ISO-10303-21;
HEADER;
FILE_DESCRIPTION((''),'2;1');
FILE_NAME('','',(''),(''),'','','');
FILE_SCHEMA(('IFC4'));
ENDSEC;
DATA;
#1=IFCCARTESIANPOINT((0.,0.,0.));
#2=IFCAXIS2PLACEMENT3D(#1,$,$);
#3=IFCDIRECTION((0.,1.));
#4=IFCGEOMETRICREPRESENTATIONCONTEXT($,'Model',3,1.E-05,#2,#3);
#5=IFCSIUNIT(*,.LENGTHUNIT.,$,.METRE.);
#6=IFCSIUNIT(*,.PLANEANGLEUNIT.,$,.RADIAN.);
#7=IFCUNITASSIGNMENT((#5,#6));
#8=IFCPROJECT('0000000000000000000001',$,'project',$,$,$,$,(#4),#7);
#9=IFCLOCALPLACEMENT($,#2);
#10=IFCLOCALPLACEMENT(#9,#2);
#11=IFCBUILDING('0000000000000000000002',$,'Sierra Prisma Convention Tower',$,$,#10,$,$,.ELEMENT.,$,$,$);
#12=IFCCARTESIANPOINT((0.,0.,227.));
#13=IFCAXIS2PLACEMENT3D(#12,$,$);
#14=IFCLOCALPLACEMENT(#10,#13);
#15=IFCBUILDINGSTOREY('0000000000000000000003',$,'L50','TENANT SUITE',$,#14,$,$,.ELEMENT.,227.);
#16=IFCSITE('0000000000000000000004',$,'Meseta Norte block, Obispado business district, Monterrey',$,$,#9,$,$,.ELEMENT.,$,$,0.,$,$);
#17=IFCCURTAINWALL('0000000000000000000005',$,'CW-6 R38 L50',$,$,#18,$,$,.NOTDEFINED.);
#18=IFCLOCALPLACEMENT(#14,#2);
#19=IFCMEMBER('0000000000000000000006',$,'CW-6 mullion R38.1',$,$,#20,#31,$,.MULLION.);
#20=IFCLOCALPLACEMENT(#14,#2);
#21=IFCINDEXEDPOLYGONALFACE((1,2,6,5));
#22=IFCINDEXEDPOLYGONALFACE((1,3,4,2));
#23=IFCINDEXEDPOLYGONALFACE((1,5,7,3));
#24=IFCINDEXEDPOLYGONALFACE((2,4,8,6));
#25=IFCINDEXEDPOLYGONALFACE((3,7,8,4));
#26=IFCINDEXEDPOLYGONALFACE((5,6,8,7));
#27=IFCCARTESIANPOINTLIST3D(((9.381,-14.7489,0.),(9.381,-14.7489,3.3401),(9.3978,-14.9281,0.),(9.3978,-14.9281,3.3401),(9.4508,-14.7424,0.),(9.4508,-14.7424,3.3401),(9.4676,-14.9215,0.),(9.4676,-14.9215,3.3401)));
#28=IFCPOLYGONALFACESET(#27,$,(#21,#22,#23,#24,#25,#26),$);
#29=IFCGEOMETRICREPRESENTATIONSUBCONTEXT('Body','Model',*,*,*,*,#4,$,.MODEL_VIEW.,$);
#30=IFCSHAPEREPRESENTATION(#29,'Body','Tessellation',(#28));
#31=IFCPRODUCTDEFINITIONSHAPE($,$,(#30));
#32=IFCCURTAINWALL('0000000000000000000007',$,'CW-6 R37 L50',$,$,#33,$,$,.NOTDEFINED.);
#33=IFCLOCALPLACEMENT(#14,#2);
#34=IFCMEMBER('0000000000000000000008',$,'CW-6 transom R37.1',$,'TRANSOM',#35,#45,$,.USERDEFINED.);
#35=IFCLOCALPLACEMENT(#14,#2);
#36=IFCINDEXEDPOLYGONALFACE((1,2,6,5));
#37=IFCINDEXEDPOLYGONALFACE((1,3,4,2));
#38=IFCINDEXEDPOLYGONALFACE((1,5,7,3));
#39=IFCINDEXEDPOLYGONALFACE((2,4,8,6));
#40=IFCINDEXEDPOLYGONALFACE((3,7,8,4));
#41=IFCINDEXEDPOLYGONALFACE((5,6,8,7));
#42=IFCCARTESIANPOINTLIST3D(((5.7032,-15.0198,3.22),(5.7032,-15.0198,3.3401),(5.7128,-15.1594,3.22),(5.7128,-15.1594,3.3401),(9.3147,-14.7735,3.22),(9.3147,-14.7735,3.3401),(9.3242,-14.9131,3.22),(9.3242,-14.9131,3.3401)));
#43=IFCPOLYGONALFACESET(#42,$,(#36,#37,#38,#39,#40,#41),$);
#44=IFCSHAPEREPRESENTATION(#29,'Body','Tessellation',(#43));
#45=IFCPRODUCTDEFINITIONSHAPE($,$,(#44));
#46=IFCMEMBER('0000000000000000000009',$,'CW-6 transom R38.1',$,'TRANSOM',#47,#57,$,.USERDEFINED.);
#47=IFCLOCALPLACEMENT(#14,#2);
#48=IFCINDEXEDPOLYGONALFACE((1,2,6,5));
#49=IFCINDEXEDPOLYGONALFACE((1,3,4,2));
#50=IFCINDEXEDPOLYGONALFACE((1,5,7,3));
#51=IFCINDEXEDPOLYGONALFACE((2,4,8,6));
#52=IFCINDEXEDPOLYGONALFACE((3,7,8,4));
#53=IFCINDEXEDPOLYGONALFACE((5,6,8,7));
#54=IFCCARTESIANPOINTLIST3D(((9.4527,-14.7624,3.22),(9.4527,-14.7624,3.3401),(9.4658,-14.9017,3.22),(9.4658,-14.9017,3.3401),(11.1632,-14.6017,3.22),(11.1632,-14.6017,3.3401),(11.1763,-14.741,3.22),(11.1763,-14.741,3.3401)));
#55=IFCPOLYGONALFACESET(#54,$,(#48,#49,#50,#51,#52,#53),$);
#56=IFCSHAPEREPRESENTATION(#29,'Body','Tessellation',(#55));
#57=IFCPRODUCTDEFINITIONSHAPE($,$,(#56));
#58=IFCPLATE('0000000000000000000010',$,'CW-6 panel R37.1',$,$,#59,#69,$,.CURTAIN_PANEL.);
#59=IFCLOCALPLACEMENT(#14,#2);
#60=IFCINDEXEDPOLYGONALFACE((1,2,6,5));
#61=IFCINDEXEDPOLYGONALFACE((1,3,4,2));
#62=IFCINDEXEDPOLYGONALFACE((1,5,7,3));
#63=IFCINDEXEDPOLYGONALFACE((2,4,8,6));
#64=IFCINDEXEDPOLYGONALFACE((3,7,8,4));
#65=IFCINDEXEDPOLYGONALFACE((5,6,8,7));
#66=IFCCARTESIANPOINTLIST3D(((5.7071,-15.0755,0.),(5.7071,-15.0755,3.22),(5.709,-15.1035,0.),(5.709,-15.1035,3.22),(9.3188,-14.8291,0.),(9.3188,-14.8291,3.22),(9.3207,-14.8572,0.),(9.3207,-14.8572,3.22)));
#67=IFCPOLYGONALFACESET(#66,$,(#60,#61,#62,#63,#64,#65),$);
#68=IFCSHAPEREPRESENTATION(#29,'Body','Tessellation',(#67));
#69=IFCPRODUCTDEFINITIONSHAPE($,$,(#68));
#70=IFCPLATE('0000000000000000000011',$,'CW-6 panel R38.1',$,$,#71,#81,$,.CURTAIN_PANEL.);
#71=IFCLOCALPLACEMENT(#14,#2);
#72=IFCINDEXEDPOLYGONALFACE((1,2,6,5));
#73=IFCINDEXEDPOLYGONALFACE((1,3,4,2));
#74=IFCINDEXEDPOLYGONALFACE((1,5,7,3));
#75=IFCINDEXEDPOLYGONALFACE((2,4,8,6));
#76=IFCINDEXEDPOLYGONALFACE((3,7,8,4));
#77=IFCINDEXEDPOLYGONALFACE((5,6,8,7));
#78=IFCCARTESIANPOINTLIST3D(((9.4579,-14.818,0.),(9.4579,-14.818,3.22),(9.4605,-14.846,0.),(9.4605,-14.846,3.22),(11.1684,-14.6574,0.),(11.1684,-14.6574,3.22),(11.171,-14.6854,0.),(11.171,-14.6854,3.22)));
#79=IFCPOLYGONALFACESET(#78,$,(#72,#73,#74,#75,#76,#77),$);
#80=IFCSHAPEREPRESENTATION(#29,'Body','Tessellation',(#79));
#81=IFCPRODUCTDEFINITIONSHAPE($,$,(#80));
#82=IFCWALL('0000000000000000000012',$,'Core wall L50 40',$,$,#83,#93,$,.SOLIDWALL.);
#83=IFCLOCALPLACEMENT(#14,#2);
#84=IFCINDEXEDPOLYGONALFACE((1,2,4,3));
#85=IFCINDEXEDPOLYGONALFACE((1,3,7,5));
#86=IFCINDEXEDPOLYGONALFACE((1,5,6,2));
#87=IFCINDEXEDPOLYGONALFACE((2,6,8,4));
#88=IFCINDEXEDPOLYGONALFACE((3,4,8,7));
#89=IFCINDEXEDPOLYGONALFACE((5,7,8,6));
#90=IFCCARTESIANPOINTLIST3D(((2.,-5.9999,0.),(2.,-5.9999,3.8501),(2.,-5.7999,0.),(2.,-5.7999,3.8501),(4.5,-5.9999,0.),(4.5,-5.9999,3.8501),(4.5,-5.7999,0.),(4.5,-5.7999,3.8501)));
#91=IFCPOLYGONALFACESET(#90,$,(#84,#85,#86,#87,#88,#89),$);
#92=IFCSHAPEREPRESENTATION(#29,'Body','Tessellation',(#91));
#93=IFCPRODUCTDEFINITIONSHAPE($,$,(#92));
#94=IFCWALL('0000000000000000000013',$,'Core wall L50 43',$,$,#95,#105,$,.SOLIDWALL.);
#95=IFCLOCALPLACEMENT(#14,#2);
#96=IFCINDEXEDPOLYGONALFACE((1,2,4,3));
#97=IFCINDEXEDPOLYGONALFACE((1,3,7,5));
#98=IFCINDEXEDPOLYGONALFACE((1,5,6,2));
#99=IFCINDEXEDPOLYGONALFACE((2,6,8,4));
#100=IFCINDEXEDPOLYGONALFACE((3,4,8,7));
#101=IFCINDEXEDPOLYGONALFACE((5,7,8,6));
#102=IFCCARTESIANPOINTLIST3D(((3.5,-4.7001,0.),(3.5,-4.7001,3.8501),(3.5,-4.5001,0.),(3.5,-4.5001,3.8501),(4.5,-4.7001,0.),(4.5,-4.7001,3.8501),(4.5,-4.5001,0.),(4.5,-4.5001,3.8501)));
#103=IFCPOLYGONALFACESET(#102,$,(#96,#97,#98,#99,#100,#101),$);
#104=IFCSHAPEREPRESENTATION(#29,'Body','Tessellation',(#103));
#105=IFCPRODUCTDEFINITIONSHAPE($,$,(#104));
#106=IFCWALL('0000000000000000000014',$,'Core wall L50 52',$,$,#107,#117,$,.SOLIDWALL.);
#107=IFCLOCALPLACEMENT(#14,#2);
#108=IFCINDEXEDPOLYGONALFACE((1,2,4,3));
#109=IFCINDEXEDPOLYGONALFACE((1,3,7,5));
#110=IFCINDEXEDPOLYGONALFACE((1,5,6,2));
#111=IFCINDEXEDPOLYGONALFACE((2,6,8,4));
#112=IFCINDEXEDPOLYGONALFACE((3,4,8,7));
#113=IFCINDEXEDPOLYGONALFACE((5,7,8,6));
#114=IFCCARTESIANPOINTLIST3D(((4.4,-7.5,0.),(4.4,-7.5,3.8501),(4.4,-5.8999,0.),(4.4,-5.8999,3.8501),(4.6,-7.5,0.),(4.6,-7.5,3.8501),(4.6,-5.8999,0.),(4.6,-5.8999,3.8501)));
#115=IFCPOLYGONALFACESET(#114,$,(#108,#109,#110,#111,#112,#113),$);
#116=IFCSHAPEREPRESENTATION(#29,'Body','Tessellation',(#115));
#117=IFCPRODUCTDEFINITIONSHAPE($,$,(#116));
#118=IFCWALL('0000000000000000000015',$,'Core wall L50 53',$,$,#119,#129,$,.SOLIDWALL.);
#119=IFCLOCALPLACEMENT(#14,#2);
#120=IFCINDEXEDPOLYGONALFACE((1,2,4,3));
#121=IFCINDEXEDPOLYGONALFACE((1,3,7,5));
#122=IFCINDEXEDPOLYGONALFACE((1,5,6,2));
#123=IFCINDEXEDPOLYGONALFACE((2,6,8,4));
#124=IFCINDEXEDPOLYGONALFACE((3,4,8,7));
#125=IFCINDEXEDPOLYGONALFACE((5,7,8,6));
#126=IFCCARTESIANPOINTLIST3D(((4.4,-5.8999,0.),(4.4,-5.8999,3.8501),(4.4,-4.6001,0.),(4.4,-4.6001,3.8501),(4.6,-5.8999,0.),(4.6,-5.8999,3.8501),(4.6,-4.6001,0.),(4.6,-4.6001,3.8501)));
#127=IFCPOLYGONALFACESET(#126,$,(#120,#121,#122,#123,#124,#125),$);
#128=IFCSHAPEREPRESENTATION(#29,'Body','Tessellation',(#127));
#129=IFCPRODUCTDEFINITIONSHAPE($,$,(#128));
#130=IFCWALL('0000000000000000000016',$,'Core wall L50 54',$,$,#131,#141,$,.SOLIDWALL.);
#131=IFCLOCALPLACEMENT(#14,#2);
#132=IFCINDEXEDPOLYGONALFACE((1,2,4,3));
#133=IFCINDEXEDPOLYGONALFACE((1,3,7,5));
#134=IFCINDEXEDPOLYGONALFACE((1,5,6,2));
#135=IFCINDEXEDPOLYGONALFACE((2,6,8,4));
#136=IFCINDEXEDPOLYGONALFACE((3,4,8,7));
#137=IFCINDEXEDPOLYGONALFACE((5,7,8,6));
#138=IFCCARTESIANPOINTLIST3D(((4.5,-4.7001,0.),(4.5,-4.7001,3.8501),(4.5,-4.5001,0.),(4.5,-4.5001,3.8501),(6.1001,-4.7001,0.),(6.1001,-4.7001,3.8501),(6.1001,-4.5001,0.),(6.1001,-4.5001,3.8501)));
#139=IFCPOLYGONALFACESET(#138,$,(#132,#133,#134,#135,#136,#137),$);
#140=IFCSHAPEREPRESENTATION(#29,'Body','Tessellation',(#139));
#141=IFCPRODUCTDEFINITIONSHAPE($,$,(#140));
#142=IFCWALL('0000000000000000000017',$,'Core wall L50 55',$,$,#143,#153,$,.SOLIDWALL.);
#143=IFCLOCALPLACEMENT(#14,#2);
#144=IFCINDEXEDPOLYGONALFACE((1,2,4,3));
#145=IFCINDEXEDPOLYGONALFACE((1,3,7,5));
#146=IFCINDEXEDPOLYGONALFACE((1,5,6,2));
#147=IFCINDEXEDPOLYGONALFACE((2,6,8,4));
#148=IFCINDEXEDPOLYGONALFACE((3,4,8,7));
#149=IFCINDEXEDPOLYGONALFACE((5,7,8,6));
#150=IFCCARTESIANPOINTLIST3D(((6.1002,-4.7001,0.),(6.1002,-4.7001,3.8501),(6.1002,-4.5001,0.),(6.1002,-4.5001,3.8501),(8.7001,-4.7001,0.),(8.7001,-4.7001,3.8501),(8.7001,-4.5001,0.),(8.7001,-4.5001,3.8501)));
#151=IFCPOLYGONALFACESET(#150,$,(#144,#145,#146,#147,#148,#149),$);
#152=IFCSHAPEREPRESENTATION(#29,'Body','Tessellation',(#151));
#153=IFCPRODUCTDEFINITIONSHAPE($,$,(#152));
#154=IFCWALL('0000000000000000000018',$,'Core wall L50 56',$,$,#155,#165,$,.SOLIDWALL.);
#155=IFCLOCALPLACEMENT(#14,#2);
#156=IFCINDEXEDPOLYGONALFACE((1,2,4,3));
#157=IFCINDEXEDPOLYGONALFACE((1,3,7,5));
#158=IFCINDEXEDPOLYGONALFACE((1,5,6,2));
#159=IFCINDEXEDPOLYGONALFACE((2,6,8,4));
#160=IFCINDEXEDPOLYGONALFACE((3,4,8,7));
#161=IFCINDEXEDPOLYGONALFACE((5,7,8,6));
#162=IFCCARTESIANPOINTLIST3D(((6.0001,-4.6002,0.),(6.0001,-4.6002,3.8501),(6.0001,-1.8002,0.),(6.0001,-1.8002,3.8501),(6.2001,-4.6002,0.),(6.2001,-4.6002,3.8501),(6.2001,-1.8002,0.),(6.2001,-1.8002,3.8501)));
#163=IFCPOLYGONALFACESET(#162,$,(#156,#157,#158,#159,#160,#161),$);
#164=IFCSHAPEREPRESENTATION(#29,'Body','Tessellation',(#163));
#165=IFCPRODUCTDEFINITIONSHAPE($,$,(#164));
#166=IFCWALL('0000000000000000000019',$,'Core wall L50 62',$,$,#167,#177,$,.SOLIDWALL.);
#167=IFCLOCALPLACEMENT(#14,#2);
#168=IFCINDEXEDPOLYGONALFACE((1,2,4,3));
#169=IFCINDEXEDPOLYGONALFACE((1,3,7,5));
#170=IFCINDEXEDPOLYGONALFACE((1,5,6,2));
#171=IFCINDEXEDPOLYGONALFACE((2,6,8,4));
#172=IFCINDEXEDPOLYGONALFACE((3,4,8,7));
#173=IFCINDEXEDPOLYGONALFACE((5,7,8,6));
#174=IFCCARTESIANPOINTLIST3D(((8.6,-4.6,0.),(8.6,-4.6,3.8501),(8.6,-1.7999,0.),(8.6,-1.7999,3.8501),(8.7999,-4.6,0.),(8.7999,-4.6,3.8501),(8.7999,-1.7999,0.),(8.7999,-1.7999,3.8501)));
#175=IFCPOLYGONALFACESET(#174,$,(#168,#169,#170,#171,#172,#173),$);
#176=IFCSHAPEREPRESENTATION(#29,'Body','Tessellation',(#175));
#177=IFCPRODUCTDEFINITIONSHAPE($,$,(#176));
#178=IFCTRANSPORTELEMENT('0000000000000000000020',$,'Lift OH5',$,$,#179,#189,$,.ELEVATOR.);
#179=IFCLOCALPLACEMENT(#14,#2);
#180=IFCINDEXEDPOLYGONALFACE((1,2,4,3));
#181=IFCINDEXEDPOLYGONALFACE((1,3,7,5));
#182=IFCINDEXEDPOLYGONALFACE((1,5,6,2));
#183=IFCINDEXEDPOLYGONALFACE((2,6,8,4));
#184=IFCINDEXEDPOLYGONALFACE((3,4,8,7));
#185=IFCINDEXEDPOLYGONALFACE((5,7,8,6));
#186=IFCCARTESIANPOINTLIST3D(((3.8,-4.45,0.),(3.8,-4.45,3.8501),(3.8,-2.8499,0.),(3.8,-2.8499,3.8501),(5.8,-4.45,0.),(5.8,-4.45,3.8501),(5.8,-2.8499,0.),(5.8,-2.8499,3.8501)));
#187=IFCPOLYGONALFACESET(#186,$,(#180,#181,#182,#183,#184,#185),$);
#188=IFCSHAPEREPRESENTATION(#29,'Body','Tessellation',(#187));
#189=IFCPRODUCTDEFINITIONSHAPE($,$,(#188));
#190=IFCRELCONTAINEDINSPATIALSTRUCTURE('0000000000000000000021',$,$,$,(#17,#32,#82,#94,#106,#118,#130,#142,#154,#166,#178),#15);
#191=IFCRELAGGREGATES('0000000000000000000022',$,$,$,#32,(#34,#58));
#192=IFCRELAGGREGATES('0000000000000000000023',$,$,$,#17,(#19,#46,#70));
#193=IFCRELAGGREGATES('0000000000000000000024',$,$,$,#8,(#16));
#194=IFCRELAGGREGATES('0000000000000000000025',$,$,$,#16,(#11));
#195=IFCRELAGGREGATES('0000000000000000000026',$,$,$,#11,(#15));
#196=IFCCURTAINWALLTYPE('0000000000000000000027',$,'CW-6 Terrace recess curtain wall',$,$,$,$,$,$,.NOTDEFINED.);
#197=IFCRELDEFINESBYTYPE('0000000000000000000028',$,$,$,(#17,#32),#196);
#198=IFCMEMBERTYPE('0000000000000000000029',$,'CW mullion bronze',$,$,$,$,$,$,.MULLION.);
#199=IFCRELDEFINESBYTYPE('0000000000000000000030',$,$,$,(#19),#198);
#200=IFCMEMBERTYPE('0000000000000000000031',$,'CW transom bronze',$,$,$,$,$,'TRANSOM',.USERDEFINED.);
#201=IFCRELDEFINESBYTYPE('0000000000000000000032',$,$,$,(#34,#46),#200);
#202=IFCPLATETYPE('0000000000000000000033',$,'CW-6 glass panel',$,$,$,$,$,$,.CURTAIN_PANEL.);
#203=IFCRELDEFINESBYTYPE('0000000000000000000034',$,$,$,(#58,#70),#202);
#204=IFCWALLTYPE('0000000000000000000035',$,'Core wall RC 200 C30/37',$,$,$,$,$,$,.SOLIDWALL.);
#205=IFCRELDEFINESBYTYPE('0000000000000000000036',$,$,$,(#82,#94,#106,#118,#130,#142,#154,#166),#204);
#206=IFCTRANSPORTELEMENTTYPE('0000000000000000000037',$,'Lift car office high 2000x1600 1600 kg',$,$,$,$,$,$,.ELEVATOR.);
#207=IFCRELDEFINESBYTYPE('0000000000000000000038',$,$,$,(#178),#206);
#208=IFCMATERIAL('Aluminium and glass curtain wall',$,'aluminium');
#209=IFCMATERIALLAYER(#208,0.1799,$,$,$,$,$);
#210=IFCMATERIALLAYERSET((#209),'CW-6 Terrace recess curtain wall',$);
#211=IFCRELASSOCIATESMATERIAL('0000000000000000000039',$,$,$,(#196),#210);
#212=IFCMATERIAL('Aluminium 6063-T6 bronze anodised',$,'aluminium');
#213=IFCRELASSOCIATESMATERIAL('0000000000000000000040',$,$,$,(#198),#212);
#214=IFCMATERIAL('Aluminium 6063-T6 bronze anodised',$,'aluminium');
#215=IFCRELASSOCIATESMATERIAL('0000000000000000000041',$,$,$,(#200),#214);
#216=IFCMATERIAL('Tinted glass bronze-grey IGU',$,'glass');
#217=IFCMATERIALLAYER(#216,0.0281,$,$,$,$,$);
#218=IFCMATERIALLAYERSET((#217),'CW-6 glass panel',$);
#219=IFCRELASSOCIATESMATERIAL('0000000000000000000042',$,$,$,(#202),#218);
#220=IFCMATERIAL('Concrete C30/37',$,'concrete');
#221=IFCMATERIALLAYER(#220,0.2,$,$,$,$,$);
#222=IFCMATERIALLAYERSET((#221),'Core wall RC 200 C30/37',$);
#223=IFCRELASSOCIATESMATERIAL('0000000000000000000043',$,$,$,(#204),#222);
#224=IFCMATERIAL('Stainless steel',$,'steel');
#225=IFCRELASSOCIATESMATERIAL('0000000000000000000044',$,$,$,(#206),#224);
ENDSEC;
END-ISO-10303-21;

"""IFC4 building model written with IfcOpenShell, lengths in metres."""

from ifc_helpers import new_model, si_unit, direction, frame, frame_2d, origin, origin_2d, place, context, subcontext, project, spatial, rectangle, extrude, material, layer, layer_set, material_profile, profile_set, type_object, element, aggregate, save


model = new_model("IFC4")

# Units and contexts
model_context = context("Model", 3, precision=1e-05, world=origin(), true_north=direction((0.0, 1.0)))
body_context = subcontext(model_context, "Body", "Model", "MODEL_VIEW")
ifc_project = project(units=[si_unit("LENGTHUNIT", "METRE"), si_unit("PLANEANGLEUNIT", "RADIAN")], contexts=[model_context])

# Site, building, storey
site_placement = place(None, origin())
site = spatial("IfcSite", under=ifc_project, at=site_placement, Name="Meseta Norte block, Obispado business district, Monterrey", CompositionType="ELEMENT", RefElevation=0.0)
building_placement = place(site_placement, origin())
building = spatial("IfcBuilding", under=site, at=building_placement, Name="Sierra Prisma Convention Tower", CompositionType="ELEMENT")
storey_placement = place(building_placement, frame((0.0, 0.0, 227.0)))
storey = spatial("IfcBuildingStorey", under=building, at=storey_placement, Name="L50", Description="TENANT SUITE", CompositionType="ELEMENT", Elevation=227.0)

# Curtain walls, members
ifc_material_1 = material(Name="Aluminium and glass curtain wall", Category="aluminium")
ifc_layer_1 = layer(ifc_material_1, 0.1799)
ifc_layer_set_1 = layer_set([ifc_layer_1], Name="CW-6 Terrace recess curtain wall")
curtain_wall_type = type_object("IfcCurtainWallType", Name="CW-6 Terrace recess curtain wall", PredefinedType="NOTDEFINED", material=ifc_layer_set_1)
curtain_wall_1_placement = place(storey_placement, origin())
curtain_wall_1 = element("IfcCurtainWall", 1, at=curtain_wall_1_placement, inside=storey, type_object=curtain_wall_type, Name="CW-6 R38 L50", PredefinedType="NOTDEFINED")
ifc_material_2 = material(Name="Aluminium 6063-T6 bronze anodised", Category="aluminium")
ifc_material_profile_1 = material_profile(ifc_material_2, rectangle(XDim=0.1799, YDim=0.0701, at=origin_2d()), Name="ALU MULLION 70x180")
ifc_profile_set_1 = profile_set([ifc_material_profile_1], Name="Aluminium 6063-T6 bronze anodised")
member_type_1 = type_object("IfcMemberType", Name="CW mullion bronze", PredefinedType="MULLION", material=ifc_profile_set_1)
member_1_placement = place(storey_placement, frame((9.4243, -14.8352, 0.0), z_axis=(0.0, 0.0, 1.0), x_axis=(-0.093494, 0.99562, 0.0)))
member_1 = element("IfcMember", 2, at=member_1_placement, type_object=member_type_1, Name="CW-6 mullion R38.1", PredefinedType="MULLION", context=body_context, shape_type="SweptSolid", body=[
    extrude(rectangle(XDim=0.1799, YDim=0.0701, at=origin_2d()), origin(), (0.0, 0.0, 1.0), 3.3401),
])
curtain_wall_2_placement = place(storey_placement, origin())
curtain_wall_2 = element("IfcCurtainWall", 3, at=curtain_wall_2_placement, inside=storey, type_object=curtain_wall_type, Name="CW-6 R37 L50", PredefinedType="NOTDEFINED")
ifc_material_3 = material(Name="Aluminium 6063-T6 bronze anodised", Category="aluminium")
ifc_material_profile_2 = material_profile(ifc_material_3, rectangle(XDim=0.1399, YDim=0.1201, at=origin_2d()), Name="ALU TRANSOM 120x140")
ifc_profile_set_2 = profile_set([ifc_material_profile_2], Name="Aluminium 6063-T6 bronze anodised")
member_type_2 = type_object("IfcMemberType", Name="CW transom bronze", ElementType="TRANSOM", PredefinedType="USERDEFINED", material=ifc_profile_set_2)
member_2_placement = place(storey_placement, frame((5.708, -15.0896, 3.28), z_axis=(0.997682, 0.06805, 0.0), x_axis=(-0.06805, 0.997682, 0.0)))
member_2 = element("IfcMember", 4, at=member_2_placement, type_object=member_type_2, Name="CW-6 transom R37.1", ObjectType="TRANSOM", PredefinedType="USERDEFINED", context=body_context, shape_type="SweptSolid", body=[
    extrude(rectangle(XDim=0.1399, YDim=0.1201, at=origin_2d()), origin(), (0.0, 0.0, 1.0), 3.6199),
])

# Member
member_3_placement = place(storey_placement, frame((9.4592, -14.832, 3.28), z_axis=(0.995619, 0.093508, 0.0), x_axis=(-0.093508, 0.995619, 0.0)))
member_3 = element("IfcMember", 5, at=member_3_placement, type_object=member_type_2, Name="CW-6 transom R38.1", ObjectType="TRANSOM", PredefinedType="USERDEFINED", context=body_context, shape_type="SweptSolid", body=[
    extrude(rectangle(XDim=0.1399, YDim=0.1201, at=origin_2d()), origin(), (0.0, 0.0, 1.0), 1.718),
])

# Plates
ifc_material_4 = material(Name="Tinted glass bronze-grey IGU", Category="glass")
ifc_layer_2 = layer(ifc_material_4, 0.0281)
ifc_layer_set_2 = layer_set([ifc_layer_2], Name="CW-6 glass panel")
plate_type = type_object("IfcPlateType", Name="CW-6 glass panel", PredefinedType="CURTAIN_PANEL", material=ifc_layer_set_2)
plate_1_placement = place(storey_placement, frame((7.5139, -14.9663, 0.0), z_axis=(0.0, 0.0, 1.0), x_axis=(0.997682, 0.068043, 0.0)))
plate_1 = element("IfcPlate", 6, at=plate_1_placement, type_object=plate_type, Name="CW-6 panel R37.1", PredefinedType="CURTAIN_PANEL", context=body_context, shape_type="SweptSolid", body=[
    extrude(rectangle(XDim=3.6201, YDim=0.0281, at=origin_2d()), origin(), (0.0, 0.0, 1.0), 3.22),
])
aggregate(curtain_wall_2, [member_2, plate_1])
plate_2_placement = place(storey_placement, frame((10.3145, -14.7517, 0.0), z_axis=(0.0, 0.0, 1.0), x_axis=(0.99562, 0.093494, 0.0)))
plate_2 = element("IfcPlate", 7, at=plate_2_placement, type_object=plate_type, Name="CW-6 panel R38.1", PredefinedType="CURTAIN_PANEL", context=body_context, shape_type="SweptSolid", body=[
    extrude(rectangle(XDim=1.718, YDim=0.0281, at=origin_2d()), origin(), (0.0, 0.0, 1.0), 3.22),
])
aggregate(curtain_wall_1, [member_1, member_3, plate_2])

# Walls
ifc_material_5 = material(Name="Concrete C30/37", Category="concrete")
ifc_layer_3 = layer(ifc_material_5, 0.2)
ifc_layer_set_3 = layer_set([ifc_layer_3], Name="Core wall RC 200 C30/37")
wall_type = type_object("IfcWallType", Name="Core wall RC 200 C30/37", PredefinedType="SOLIDWALL", material=ifc_layer_set_3)
wall_1_placement = place(storey_placement, frame((4.5, -5.8999, 0.0), z_axis=(0.0, 0.0, 1.0), x_axis=(-1.0, 0.0, 0.0)))
element("IfcWall", 8, at=wall_1_placement, inside=storey, type_object=wall_type, Name="Core wall L50 40", PredefinedType="SOLIDWALL", context=body_context, shape_type="SweptSolid", body=[
    extrude(rectangle(XDim=2.5, YDim=0.2, at=frame_2d((1.25, 0.0))), origin(), (0.0, 0.0, 1.0), 3.8501),
])
wall_2_placement = place(storey_placement, frame((4.5, -4.6001, 0.0), z_axis=(0.0, 0.0, 1.0), x_axis=(-1.0, 0.0, 0.0)))
element("IfcWall", 9, at=wall_2_placement, inside=storey, type_object=wall_type, Name="Core wall L50 43", PredefinedType="SOLIDWALL", context=body_context, shape_type="SweptSolid", body=[
    extrude(rectangle(XDim=1.0, YDim=0.2, at=frame_2d((0.5, 0.0))), origin(), (0.0, 0.0, 1.0), 3.8501),
])
wall_3_placement = place(storey_placement, frame((4.5, -5.8999, 0.0), z_axis=(0.0, 0.0, 1.0), x_axis=(0.0, -1.0, 0.0)))
element("IfcWall", 10, at=wall_3_placement, inside=storey, type_object=wall_type, Name="Core wall L50 52", PredefinedType="SOLIDWALL", context=body_context, shape_type="SweptSolid", body=[
    extrude(rectangle(XDim=1.6001, YDim=0.2, at=frame_2d((0.8, 0.0))), origin(), (0.0, 0.0, 1.0), 3.8501),
])
wall_4_placement = place(storey_placement, frame((4.5, -4.6001, 0.0), z_axis=(0.0, 0.0, 1.0), x_axis=(0.0, -1.0, 0.0)))
element("IfcWall", 11, at=wall_4_placement, inside=storey, type_object=wall_type, Name="Core wall L50 53", PredefinedType="SOLIDWALL", context=body_context, shape_type="SweptSolid", body=[
    extrude(rectangle(XDim=1.2998, YDim=0.2, at=frame_2d((0.6499, 0.0))), origin(), (0.0, 0.0, 1.0), 3.8501),
])
wall_5_placement = place(storey_placement, frame((6.1001, -4.6001, 0.0), z_axis=(0.0, 0.0, 1.0), x_axis=(-1.0, 0.0, 0.0)))
element("IfcWall", 12, at=wall_5_placement, inside=storey, type_object=wall_type, Name="Core wall L50 54", PredefinedType="SOLIDWALL", context=body_context, shape_type="SweptSolid", body=[
    extrude(rectangle(XDim=1.6001, YDim=0.2, at=frame_2d((0.8, 0.0))), origin(), (0.0, 0.0, 1.0), 3.8501),
])
wall_6_placement = place(storey_placement, frame((8.7, -4.6001, 0.0), z_axis=(0.0, 0.0, 1.0), x_axis=(-1.0, 0.0, 0.0)))
element("IfcWall", 13, at=wall_6_placement, inside=storey, type_object=wall_type, Name="Core wall L50 55", PredefinedType="SOLIDWALL", context=body_context, shape_type="SweptSolid", body=[
    extrude(rectangle(XDim=2.5999, YDim=0.2, at=frame_2d((1.2998, 0.0))), origin(), (0.0, 0.0, 1.0), 3.8501),
])
wall_7_placement = place(storey_placement, frame((6.1001, -4.6001, 0.0), z_axis=(0.0, 0.0, 1.0), x_axis=(0.0, 1.0, 0.0)))
element("IfcWall", 14, at=wall_7_placement, inside=storey, type_object=wall_type, Name="Core wall L50 56", PredefinedType="SOLIDWALL", context=body_context, shape_type="SweptSolid", body=[
    extrude(rectangle(XDim=2.8, YDim=0.2, at=frame_2d((1.3999, 0.0))), origin(), (0.0, 0.0, 1.0), 3.8501),
])

# Wall
wall_8_placement = place(storey_placement, frame((8.7, -1.8, 0.0), z_axis=(0.0, 0.0, 1.0), x_axis=(0.0, -1.0, 0.0)))
element("IfcWall", 15, at=wall_8_placement, inside=storey, type_object=wall_type, Name="Core wall L50 62", PredefinedType="SOLIDWALL", context=body_context, shape_type="SweptSolid", body=[
    extrude(rectangle(XDim=2.8, YDim=0.2, at=frame_2d((1.3999, 0.0))), origin(), (0.0, 0.0, 1.0), 3.8501),
])

# Transport element
ifc_material_6 = material(Name="Stainless steel", Category="steel")
transport_element_type = type_object("IfcTransportElementType", Name="Lift car office high 2000x1600 1600 kg", PredefinedType="ELEVATOR", material=ifc_material_6)
for number, where, z_axis, x_axis, name in (
    (16, (4.8, -3.6499, 0.0), (0.0, 0.0, 1.0), (1.0, 0.0, 0.0), "Lift OH5"),
):
    element("IfcTransportElement", number, at=place(storey_placement, frame(where, z_axis=z_axis, x_axis=x_axis)), inside=storey, type_object=transport_element_type, Name=name, PredefinedType="ELEVATOR", context=body_context, shape_type="SweptSolid", body=[
        extrude(rectangle(XDim=2.0, YDim=1.6001, at=origin_2d()), origin(), (0.0, 0.0, 1.0), 3.8501),
    ])

save(model, "model.ifc")
